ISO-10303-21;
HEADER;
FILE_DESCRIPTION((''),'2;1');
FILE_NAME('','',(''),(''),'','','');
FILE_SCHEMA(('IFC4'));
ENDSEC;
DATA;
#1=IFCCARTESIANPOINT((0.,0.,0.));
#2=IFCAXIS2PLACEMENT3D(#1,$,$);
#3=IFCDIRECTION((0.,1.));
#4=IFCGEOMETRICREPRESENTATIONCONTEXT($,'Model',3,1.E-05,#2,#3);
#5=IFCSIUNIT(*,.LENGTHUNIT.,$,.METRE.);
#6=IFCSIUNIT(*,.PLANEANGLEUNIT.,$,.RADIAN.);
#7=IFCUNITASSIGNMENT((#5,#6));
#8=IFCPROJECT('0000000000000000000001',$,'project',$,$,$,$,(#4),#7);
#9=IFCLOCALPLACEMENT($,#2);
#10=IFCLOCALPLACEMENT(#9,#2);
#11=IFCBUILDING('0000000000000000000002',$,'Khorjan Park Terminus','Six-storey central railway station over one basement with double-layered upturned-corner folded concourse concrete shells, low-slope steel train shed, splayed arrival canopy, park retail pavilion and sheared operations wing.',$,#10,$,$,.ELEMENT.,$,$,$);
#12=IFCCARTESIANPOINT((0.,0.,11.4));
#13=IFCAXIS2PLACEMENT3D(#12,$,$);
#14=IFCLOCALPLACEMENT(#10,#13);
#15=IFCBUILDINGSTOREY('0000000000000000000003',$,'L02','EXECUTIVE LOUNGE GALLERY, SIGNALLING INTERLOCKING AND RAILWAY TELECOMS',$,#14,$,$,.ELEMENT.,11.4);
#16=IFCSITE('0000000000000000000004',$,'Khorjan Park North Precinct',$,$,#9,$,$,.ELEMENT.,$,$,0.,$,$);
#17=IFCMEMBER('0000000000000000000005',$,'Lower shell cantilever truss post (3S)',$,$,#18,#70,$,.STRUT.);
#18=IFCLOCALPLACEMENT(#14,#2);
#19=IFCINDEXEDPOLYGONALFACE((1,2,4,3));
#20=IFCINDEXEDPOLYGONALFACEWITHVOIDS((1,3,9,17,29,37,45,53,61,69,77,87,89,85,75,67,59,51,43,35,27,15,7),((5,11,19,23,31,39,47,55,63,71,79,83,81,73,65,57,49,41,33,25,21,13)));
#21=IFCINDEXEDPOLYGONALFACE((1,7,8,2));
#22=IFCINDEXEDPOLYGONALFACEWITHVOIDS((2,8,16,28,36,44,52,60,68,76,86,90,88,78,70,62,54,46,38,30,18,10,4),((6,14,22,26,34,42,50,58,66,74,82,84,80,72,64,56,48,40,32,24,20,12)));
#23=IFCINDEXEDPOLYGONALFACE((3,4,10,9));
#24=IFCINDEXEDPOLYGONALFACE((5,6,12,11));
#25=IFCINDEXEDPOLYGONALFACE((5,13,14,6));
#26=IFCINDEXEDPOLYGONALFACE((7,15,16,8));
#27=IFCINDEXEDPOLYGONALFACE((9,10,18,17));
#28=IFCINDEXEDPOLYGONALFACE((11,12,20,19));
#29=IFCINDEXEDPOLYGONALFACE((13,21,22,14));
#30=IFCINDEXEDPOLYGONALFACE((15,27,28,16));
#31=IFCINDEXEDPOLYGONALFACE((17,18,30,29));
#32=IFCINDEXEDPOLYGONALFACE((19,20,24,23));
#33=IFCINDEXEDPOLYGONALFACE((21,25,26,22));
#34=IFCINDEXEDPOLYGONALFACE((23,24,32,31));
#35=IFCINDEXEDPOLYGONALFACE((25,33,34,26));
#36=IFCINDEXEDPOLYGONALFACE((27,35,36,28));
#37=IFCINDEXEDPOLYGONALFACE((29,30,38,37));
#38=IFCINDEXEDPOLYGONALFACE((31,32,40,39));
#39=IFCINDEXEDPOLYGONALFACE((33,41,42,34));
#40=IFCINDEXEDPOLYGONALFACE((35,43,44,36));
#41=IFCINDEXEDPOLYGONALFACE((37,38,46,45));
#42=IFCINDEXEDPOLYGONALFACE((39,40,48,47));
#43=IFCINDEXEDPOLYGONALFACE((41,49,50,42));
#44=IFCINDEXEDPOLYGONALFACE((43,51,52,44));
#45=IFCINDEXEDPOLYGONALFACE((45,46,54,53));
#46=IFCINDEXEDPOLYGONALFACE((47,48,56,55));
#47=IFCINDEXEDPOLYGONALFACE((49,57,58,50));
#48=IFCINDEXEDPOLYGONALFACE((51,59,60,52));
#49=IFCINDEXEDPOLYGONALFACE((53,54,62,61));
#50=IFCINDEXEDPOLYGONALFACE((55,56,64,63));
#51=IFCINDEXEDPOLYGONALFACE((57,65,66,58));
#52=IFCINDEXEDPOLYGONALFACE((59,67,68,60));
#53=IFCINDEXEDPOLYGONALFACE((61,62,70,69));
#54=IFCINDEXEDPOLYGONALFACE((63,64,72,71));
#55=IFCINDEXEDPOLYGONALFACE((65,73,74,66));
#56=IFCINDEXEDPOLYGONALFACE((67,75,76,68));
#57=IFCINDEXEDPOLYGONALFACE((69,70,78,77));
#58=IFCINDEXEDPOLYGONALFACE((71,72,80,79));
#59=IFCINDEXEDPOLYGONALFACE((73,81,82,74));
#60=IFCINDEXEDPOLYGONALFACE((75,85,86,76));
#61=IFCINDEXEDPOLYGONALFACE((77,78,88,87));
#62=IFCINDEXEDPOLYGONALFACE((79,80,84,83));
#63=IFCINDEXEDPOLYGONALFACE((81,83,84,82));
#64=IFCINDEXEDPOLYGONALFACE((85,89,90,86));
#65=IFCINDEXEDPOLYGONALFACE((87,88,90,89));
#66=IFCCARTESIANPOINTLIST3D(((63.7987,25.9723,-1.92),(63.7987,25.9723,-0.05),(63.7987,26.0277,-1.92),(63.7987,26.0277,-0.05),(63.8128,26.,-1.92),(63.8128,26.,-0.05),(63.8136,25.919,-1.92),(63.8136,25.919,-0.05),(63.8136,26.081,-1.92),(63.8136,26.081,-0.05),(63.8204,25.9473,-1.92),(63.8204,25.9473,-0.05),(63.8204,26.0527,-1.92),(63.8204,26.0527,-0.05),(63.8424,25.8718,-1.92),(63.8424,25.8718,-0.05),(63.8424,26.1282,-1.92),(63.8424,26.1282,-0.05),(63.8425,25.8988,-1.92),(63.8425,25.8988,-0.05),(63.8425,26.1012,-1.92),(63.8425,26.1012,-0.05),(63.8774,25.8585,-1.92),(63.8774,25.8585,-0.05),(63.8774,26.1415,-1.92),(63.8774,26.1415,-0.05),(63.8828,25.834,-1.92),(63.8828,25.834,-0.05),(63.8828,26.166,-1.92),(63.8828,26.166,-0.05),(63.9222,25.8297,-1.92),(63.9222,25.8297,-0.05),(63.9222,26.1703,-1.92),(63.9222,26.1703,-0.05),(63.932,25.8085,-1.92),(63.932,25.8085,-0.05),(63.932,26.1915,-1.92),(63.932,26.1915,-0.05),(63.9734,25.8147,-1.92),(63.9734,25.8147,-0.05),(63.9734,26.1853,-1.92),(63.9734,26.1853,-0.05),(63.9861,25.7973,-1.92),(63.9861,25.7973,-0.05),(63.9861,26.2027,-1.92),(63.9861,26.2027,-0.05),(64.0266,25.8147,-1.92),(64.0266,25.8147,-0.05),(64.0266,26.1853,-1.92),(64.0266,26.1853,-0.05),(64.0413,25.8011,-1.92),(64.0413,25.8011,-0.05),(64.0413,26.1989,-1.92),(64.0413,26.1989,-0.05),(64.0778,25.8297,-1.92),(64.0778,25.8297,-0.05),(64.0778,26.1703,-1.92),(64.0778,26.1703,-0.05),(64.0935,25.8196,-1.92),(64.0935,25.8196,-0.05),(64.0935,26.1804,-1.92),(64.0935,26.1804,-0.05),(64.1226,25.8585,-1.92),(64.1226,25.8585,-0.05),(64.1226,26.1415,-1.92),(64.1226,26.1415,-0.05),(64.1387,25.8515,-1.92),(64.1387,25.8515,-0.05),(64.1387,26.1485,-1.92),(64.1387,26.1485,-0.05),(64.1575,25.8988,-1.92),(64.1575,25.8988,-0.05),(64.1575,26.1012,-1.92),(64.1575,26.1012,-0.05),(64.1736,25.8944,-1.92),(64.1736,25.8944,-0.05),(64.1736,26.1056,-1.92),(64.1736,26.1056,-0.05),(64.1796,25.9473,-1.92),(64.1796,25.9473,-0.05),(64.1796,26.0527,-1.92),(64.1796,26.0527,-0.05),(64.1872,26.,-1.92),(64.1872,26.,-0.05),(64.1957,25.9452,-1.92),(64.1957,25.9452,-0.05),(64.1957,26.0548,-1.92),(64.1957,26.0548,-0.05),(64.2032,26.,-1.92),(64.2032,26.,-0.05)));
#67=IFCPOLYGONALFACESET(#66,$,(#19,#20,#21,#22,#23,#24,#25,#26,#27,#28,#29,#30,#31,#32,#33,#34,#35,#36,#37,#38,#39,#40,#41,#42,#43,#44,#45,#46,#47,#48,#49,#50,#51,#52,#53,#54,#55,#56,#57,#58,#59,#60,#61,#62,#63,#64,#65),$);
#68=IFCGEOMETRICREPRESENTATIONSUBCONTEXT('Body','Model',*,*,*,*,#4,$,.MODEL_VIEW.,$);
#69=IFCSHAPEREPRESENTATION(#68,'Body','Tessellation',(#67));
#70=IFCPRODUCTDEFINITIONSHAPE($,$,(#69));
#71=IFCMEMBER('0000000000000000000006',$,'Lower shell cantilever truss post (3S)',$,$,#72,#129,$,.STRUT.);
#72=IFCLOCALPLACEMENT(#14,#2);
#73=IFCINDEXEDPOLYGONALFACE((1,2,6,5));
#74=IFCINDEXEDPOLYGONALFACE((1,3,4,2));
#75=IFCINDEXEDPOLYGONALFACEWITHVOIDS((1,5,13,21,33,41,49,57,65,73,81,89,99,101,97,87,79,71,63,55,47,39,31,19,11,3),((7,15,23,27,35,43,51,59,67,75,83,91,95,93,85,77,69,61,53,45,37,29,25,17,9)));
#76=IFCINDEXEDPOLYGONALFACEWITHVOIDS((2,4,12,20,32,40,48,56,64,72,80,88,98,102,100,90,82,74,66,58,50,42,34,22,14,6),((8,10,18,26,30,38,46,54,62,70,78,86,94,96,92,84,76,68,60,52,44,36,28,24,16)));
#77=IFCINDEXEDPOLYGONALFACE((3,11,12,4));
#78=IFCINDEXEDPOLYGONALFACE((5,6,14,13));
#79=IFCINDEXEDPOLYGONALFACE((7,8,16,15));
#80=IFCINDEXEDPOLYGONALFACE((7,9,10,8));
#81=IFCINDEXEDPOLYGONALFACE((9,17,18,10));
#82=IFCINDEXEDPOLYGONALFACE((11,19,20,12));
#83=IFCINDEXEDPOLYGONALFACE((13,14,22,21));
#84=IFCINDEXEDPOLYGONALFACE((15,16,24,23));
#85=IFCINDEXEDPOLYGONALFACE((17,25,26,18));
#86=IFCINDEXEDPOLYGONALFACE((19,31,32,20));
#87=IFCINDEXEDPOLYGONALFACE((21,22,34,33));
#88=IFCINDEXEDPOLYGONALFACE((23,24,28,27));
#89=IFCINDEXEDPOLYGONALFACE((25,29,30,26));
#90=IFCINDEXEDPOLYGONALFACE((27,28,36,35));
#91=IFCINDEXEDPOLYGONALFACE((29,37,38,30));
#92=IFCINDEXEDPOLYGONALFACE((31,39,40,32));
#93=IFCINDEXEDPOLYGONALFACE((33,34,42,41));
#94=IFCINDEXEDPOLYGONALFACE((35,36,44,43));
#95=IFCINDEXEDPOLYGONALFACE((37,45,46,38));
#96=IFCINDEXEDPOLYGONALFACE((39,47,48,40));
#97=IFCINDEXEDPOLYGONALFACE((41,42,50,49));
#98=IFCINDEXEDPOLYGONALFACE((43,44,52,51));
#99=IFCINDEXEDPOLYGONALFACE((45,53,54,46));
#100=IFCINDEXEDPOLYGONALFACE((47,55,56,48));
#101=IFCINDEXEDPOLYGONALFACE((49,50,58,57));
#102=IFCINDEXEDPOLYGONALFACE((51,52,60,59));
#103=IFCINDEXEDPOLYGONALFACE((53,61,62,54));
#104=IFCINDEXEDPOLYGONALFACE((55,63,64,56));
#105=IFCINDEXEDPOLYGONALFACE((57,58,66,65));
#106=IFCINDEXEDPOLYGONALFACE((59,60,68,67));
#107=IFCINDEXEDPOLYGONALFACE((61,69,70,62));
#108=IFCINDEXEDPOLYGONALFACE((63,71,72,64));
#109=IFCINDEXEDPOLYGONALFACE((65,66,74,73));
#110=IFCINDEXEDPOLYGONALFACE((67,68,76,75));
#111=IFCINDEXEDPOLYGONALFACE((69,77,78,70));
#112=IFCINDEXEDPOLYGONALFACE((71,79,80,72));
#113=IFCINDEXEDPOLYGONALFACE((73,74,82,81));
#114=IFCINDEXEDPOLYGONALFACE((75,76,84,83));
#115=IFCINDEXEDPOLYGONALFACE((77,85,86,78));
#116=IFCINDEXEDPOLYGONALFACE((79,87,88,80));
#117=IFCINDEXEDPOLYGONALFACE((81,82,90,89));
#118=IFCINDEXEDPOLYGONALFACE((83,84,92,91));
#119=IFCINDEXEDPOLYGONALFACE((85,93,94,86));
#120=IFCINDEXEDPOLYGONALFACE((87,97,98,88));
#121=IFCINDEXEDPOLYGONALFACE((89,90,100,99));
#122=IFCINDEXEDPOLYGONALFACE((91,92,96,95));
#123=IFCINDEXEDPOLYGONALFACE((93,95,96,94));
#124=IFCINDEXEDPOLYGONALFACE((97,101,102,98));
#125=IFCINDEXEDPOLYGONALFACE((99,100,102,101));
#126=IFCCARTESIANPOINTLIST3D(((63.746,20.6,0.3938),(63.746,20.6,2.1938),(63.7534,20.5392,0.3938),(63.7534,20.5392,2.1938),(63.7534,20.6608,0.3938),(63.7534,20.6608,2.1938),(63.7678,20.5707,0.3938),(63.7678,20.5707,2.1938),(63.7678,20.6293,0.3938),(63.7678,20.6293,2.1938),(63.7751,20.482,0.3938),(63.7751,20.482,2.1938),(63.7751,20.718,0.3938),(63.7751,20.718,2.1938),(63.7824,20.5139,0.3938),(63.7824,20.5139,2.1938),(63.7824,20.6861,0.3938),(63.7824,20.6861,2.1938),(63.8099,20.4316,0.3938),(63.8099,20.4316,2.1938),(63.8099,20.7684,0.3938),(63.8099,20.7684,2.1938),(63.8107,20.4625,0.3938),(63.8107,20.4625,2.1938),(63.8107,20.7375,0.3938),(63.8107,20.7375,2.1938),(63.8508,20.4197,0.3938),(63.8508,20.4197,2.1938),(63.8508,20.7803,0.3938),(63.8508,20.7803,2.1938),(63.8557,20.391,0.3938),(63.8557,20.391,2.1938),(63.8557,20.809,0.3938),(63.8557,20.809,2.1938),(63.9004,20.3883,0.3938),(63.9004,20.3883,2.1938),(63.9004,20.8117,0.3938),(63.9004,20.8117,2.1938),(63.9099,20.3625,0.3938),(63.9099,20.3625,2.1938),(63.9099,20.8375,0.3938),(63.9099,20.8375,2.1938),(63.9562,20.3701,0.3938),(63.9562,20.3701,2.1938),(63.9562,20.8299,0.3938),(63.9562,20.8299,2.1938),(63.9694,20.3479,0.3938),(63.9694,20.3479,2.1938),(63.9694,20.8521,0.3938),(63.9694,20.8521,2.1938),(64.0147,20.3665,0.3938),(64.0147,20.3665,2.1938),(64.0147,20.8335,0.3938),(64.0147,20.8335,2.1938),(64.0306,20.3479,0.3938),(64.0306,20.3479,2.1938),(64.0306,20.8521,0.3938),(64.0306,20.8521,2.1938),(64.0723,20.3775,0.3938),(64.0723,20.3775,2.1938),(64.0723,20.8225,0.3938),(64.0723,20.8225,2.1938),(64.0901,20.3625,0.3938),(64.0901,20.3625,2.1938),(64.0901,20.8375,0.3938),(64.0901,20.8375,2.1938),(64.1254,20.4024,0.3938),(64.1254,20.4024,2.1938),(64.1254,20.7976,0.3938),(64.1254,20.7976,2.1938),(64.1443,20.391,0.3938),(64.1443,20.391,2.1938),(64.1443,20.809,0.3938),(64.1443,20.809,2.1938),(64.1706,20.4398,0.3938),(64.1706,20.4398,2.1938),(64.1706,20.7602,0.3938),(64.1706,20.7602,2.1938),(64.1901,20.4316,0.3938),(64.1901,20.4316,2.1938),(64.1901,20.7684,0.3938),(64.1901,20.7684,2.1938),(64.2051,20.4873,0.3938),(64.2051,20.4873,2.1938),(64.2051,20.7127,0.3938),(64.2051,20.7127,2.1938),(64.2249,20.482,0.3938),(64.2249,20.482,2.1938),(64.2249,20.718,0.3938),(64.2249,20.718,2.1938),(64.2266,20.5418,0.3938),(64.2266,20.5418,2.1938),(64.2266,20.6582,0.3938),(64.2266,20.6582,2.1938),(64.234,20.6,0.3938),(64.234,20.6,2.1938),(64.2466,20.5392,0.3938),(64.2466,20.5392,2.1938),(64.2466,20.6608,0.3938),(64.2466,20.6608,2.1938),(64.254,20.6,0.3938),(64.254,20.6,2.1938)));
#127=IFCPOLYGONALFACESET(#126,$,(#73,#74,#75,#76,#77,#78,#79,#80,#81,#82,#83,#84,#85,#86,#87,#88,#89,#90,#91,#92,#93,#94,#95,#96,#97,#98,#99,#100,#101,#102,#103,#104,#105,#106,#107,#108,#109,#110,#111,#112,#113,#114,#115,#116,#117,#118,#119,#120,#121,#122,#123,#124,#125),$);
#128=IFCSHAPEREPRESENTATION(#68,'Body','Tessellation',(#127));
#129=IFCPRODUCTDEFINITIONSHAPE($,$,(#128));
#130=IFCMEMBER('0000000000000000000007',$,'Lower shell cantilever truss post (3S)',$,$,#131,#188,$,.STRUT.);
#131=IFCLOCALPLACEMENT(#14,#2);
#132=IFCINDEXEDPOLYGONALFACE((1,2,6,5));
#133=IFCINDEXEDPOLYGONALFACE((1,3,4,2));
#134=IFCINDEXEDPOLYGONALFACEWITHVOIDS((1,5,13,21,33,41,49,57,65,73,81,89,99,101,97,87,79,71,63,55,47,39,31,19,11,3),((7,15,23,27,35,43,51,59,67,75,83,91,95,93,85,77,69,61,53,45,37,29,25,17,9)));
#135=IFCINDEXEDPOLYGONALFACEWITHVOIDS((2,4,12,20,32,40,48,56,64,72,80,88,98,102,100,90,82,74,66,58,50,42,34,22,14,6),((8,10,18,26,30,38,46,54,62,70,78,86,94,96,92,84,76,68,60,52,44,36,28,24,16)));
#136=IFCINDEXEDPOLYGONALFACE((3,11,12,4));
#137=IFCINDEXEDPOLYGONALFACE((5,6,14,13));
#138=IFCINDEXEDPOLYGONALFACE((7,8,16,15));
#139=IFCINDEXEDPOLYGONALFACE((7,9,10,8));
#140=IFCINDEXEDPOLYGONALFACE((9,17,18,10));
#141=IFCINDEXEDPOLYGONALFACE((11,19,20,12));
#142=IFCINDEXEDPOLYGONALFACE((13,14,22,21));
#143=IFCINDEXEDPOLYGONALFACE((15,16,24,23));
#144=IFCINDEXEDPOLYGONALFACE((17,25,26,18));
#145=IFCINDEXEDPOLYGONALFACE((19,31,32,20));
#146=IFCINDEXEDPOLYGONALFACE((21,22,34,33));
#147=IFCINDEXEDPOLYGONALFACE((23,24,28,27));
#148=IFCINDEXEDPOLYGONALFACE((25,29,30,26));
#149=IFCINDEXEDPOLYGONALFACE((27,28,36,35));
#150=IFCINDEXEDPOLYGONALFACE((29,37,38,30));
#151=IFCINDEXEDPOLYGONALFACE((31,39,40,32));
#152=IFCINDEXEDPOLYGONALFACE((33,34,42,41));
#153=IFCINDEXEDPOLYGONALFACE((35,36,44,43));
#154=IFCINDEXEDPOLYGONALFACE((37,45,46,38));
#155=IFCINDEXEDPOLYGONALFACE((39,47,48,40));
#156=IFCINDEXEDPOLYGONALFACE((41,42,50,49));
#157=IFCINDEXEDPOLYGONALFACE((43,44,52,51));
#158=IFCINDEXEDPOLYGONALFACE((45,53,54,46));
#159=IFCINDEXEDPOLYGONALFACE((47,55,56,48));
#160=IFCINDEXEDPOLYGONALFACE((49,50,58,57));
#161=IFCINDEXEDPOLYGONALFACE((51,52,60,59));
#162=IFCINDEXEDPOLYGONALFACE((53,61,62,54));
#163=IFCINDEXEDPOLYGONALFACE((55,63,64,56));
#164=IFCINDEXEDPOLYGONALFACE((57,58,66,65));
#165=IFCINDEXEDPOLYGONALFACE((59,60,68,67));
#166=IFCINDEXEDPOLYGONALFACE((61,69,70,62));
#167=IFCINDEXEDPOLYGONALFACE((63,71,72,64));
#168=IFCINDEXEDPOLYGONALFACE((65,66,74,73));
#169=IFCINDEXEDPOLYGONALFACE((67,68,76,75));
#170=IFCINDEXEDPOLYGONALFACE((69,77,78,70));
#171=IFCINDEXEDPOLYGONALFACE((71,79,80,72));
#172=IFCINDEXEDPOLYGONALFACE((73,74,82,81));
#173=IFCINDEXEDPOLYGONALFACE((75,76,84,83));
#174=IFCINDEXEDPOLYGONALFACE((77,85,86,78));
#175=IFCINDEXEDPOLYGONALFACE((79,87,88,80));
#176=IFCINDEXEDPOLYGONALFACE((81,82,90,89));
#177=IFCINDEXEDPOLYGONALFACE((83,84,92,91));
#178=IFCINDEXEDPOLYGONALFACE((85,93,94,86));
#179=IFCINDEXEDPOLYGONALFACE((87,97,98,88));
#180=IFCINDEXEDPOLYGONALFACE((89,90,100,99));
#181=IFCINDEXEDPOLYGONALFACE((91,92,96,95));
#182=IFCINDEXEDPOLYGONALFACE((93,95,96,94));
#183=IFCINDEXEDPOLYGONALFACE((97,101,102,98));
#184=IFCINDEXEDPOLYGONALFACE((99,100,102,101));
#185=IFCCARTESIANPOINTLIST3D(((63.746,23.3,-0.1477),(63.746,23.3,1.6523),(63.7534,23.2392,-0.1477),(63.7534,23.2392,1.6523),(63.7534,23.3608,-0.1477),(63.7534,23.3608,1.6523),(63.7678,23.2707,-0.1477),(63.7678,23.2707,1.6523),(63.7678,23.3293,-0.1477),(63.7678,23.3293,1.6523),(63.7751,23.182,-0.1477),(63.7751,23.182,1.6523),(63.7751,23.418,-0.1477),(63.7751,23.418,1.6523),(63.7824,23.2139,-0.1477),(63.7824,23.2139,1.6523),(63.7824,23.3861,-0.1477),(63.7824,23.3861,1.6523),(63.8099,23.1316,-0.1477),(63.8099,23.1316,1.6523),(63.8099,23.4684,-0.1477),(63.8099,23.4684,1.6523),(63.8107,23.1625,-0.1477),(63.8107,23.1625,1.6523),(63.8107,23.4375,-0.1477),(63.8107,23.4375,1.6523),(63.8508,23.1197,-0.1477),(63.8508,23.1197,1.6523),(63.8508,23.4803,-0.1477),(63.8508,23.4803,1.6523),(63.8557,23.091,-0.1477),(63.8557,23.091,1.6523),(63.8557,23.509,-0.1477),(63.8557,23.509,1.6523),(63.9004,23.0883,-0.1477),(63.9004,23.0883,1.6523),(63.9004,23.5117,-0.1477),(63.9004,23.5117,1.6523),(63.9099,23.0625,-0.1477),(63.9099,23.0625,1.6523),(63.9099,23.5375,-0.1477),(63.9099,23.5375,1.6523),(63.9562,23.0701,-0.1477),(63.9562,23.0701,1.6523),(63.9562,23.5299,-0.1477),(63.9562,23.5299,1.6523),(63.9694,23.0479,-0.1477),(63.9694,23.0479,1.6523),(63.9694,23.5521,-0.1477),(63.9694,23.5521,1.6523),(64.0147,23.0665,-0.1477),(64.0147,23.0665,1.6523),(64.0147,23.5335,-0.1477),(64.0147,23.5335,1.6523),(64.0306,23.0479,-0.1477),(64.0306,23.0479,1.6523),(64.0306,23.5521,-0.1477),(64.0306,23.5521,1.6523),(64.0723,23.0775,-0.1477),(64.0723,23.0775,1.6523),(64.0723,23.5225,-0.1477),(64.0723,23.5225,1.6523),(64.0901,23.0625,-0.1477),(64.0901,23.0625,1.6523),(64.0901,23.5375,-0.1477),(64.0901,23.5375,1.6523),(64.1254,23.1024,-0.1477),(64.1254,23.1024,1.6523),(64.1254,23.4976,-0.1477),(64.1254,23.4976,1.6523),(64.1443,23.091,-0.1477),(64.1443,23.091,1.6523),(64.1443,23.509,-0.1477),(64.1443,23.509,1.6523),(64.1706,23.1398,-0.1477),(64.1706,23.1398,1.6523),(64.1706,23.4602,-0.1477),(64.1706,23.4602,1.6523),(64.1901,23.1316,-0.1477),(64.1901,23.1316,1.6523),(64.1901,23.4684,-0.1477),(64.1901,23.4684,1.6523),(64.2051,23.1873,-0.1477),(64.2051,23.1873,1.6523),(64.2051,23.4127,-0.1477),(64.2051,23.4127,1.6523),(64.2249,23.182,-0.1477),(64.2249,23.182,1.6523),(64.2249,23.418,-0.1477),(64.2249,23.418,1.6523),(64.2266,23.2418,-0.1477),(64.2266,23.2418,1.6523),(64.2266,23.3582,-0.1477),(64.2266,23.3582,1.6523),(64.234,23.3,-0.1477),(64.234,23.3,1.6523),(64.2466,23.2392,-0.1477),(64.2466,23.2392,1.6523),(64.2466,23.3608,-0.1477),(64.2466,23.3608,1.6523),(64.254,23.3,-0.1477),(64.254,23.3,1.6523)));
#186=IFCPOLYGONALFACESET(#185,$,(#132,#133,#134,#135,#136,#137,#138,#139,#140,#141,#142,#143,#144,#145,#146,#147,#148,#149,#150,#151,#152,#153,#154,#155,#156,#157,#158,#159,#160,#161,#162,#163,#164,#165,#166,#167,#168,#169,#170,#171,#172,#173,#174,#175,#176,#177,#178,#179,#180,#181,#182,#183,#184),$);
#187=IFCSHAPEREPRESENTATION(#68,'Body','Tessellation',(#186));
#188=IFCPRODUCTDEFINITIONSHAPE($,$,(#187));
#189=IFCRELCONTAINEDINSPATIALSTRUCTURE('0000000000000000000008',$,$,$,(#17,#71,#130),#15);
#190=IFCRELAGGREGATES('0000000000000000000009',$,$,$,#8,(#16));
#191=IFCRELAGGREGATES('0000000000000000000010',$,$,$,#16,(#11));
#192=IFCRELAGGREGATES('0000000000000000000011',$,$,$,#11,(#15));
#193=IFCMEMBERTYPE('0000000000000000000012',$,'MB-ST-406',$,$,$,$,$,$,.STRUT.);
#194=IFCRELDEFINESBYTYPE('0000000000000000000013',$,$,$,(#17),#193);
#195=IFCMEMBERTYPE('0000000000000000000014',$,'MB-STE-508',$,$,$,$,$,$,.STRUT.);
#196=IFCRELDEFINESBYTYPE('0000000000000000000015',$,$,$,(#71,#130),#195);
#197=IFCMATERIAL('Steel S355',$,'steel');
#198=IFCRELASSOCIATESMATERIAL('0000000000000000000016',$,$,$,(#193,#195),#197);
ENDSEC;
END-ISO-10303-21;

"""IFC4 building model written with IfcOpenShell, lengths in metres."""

from ifc_helpers import new_model, si_unit, direction, frame, origin, origin_2d, place, context, subcontext, project, spatial, hollow_circle, extrude, material, material_profile, profile_set, type_object, element, save


model = new_model("IFC4")

# Units and contexts
model_context = context("Model", 3, precision=1e-05, world=origin(), true_north=direction((0.0, 1.0)))
body_context = subcontext(model_context, "Body", "Model", "MODEL_VIEW")
ifc_project = project(units=[si_unit("LENGTHUNIT", "METRE"), si_unit("PLANEANGLEUNIT", "RADIAN")], contexts=[model_context])

# Site, building, storey
site_placement = place(None, origin())
site = spatial("IfcSite", under=ifc_project, at=site_placement, Name="Khorjan Park North Precinct", CompositionType="ELEMENT", RefElevation=0.0)
building_placement = place(site_placement, origin())
building = spatial("IfcBuilding", under=site, at=building_placement, Name="Khorjan Park Terminus", Description="Six-storey central railway station over one basement with double-layered upturned-corner folded concourse concrete shells, low-slope steel train shed, splayed arrival canopy, park retail pavilion and sheared operations wing.", CompositionType="ELEMENT")
storey_placement = place(building_placement, frame((0.0, 0.0, 11.4)))
storey = spatial("IfcBuildingStorey", under=building, at=storey_placement, Name="L02", Description="EXECUTIVE LOUNGE GALLERY, SIGNALLING INTERLOCKING AND RAILWAY TELECOMS", CompositionType="ELEMENT", Elevation=11.4)

# Members
ifc_material_1 = material(Name="Steel S355", Category="steel")
ifc_material_profile_1 = material_profile(ifc_material_1, hollow_circle(Radius=0.2032, WallThickness=0.016, at=origin_2d()), Name="CHS 406.4x16")
ifc_profile_set_1 = profile_set([ifc_material_profile_1], Name="Steel S355")
member_type_1 = type_object("IfcMemberType", Name="MB-ST-406", PredefinedType="STRUT", material=ifc_profile_set_1)
member_1_placement = place(storey_placement, frame((64.0, 26.0, -1.92), z_axis=(0.0, 0.0, 1.0), x_axis=(1.0, 0.0, 0.0)))
element("IfcMember", 1, at=member_1_placement, inside=storey, type_object=member_type_1, Name="Lower shell cantilever truss post (3S)", PredefinedType="STRUT", context=body_context, shape_type="SweptSolid", body=[
    extrude(hollow_circle(Radius=0.2032, WallThickness=0.016, at=origin_2d()), origin(), (0.0, 0.0, 1.0), 1.87),
])
ifc_material_profile_2 = material_profile(ifc_material_1, hollow_circle(Radius=0.254, WallThickness=0.02, at=origin_2d()), Name="CHS 508x20")
ifc_profile_set_2 = profile_set([ifc_material_profile_2], Name="Steel S355")
member_type_2 = type_object("IfcMemberType", Name="MB-STE-508", PredefinedType="STRUT", material=ifc_profile_set_2)
for number, where, z_axis, x_axis, name in (
    (2, (64.0, 20.6, 0.3938), (0.0, 0.0, 1.0), (1.0, 0.0, 0.0), "Lower shell cantilever truss post (3S)"),
    (3, (64.0, 23.3, -0.1477), (0.0, 0.0, 1.0), (1.0, 0.0, 0.0), "Lower shell cantilever truss post (3S)"),
):
    element("IfcMember", number, at=place(storey_placement, frame(where, z_axis=z_axis, x_axis=x_axis)), inside=storey, type_object=member_type_2, Name=name, PredefinedType="STRUT", context=body_context, shape_type="SweptSolid", body=[
        extrude(hollow_circle(Radius=0.254, WallThickness=0.02, at=origin_2d()), origin(), (0.0, 0.0, 1.0), 1.8),
    ])

save(model, "model.ifc")
